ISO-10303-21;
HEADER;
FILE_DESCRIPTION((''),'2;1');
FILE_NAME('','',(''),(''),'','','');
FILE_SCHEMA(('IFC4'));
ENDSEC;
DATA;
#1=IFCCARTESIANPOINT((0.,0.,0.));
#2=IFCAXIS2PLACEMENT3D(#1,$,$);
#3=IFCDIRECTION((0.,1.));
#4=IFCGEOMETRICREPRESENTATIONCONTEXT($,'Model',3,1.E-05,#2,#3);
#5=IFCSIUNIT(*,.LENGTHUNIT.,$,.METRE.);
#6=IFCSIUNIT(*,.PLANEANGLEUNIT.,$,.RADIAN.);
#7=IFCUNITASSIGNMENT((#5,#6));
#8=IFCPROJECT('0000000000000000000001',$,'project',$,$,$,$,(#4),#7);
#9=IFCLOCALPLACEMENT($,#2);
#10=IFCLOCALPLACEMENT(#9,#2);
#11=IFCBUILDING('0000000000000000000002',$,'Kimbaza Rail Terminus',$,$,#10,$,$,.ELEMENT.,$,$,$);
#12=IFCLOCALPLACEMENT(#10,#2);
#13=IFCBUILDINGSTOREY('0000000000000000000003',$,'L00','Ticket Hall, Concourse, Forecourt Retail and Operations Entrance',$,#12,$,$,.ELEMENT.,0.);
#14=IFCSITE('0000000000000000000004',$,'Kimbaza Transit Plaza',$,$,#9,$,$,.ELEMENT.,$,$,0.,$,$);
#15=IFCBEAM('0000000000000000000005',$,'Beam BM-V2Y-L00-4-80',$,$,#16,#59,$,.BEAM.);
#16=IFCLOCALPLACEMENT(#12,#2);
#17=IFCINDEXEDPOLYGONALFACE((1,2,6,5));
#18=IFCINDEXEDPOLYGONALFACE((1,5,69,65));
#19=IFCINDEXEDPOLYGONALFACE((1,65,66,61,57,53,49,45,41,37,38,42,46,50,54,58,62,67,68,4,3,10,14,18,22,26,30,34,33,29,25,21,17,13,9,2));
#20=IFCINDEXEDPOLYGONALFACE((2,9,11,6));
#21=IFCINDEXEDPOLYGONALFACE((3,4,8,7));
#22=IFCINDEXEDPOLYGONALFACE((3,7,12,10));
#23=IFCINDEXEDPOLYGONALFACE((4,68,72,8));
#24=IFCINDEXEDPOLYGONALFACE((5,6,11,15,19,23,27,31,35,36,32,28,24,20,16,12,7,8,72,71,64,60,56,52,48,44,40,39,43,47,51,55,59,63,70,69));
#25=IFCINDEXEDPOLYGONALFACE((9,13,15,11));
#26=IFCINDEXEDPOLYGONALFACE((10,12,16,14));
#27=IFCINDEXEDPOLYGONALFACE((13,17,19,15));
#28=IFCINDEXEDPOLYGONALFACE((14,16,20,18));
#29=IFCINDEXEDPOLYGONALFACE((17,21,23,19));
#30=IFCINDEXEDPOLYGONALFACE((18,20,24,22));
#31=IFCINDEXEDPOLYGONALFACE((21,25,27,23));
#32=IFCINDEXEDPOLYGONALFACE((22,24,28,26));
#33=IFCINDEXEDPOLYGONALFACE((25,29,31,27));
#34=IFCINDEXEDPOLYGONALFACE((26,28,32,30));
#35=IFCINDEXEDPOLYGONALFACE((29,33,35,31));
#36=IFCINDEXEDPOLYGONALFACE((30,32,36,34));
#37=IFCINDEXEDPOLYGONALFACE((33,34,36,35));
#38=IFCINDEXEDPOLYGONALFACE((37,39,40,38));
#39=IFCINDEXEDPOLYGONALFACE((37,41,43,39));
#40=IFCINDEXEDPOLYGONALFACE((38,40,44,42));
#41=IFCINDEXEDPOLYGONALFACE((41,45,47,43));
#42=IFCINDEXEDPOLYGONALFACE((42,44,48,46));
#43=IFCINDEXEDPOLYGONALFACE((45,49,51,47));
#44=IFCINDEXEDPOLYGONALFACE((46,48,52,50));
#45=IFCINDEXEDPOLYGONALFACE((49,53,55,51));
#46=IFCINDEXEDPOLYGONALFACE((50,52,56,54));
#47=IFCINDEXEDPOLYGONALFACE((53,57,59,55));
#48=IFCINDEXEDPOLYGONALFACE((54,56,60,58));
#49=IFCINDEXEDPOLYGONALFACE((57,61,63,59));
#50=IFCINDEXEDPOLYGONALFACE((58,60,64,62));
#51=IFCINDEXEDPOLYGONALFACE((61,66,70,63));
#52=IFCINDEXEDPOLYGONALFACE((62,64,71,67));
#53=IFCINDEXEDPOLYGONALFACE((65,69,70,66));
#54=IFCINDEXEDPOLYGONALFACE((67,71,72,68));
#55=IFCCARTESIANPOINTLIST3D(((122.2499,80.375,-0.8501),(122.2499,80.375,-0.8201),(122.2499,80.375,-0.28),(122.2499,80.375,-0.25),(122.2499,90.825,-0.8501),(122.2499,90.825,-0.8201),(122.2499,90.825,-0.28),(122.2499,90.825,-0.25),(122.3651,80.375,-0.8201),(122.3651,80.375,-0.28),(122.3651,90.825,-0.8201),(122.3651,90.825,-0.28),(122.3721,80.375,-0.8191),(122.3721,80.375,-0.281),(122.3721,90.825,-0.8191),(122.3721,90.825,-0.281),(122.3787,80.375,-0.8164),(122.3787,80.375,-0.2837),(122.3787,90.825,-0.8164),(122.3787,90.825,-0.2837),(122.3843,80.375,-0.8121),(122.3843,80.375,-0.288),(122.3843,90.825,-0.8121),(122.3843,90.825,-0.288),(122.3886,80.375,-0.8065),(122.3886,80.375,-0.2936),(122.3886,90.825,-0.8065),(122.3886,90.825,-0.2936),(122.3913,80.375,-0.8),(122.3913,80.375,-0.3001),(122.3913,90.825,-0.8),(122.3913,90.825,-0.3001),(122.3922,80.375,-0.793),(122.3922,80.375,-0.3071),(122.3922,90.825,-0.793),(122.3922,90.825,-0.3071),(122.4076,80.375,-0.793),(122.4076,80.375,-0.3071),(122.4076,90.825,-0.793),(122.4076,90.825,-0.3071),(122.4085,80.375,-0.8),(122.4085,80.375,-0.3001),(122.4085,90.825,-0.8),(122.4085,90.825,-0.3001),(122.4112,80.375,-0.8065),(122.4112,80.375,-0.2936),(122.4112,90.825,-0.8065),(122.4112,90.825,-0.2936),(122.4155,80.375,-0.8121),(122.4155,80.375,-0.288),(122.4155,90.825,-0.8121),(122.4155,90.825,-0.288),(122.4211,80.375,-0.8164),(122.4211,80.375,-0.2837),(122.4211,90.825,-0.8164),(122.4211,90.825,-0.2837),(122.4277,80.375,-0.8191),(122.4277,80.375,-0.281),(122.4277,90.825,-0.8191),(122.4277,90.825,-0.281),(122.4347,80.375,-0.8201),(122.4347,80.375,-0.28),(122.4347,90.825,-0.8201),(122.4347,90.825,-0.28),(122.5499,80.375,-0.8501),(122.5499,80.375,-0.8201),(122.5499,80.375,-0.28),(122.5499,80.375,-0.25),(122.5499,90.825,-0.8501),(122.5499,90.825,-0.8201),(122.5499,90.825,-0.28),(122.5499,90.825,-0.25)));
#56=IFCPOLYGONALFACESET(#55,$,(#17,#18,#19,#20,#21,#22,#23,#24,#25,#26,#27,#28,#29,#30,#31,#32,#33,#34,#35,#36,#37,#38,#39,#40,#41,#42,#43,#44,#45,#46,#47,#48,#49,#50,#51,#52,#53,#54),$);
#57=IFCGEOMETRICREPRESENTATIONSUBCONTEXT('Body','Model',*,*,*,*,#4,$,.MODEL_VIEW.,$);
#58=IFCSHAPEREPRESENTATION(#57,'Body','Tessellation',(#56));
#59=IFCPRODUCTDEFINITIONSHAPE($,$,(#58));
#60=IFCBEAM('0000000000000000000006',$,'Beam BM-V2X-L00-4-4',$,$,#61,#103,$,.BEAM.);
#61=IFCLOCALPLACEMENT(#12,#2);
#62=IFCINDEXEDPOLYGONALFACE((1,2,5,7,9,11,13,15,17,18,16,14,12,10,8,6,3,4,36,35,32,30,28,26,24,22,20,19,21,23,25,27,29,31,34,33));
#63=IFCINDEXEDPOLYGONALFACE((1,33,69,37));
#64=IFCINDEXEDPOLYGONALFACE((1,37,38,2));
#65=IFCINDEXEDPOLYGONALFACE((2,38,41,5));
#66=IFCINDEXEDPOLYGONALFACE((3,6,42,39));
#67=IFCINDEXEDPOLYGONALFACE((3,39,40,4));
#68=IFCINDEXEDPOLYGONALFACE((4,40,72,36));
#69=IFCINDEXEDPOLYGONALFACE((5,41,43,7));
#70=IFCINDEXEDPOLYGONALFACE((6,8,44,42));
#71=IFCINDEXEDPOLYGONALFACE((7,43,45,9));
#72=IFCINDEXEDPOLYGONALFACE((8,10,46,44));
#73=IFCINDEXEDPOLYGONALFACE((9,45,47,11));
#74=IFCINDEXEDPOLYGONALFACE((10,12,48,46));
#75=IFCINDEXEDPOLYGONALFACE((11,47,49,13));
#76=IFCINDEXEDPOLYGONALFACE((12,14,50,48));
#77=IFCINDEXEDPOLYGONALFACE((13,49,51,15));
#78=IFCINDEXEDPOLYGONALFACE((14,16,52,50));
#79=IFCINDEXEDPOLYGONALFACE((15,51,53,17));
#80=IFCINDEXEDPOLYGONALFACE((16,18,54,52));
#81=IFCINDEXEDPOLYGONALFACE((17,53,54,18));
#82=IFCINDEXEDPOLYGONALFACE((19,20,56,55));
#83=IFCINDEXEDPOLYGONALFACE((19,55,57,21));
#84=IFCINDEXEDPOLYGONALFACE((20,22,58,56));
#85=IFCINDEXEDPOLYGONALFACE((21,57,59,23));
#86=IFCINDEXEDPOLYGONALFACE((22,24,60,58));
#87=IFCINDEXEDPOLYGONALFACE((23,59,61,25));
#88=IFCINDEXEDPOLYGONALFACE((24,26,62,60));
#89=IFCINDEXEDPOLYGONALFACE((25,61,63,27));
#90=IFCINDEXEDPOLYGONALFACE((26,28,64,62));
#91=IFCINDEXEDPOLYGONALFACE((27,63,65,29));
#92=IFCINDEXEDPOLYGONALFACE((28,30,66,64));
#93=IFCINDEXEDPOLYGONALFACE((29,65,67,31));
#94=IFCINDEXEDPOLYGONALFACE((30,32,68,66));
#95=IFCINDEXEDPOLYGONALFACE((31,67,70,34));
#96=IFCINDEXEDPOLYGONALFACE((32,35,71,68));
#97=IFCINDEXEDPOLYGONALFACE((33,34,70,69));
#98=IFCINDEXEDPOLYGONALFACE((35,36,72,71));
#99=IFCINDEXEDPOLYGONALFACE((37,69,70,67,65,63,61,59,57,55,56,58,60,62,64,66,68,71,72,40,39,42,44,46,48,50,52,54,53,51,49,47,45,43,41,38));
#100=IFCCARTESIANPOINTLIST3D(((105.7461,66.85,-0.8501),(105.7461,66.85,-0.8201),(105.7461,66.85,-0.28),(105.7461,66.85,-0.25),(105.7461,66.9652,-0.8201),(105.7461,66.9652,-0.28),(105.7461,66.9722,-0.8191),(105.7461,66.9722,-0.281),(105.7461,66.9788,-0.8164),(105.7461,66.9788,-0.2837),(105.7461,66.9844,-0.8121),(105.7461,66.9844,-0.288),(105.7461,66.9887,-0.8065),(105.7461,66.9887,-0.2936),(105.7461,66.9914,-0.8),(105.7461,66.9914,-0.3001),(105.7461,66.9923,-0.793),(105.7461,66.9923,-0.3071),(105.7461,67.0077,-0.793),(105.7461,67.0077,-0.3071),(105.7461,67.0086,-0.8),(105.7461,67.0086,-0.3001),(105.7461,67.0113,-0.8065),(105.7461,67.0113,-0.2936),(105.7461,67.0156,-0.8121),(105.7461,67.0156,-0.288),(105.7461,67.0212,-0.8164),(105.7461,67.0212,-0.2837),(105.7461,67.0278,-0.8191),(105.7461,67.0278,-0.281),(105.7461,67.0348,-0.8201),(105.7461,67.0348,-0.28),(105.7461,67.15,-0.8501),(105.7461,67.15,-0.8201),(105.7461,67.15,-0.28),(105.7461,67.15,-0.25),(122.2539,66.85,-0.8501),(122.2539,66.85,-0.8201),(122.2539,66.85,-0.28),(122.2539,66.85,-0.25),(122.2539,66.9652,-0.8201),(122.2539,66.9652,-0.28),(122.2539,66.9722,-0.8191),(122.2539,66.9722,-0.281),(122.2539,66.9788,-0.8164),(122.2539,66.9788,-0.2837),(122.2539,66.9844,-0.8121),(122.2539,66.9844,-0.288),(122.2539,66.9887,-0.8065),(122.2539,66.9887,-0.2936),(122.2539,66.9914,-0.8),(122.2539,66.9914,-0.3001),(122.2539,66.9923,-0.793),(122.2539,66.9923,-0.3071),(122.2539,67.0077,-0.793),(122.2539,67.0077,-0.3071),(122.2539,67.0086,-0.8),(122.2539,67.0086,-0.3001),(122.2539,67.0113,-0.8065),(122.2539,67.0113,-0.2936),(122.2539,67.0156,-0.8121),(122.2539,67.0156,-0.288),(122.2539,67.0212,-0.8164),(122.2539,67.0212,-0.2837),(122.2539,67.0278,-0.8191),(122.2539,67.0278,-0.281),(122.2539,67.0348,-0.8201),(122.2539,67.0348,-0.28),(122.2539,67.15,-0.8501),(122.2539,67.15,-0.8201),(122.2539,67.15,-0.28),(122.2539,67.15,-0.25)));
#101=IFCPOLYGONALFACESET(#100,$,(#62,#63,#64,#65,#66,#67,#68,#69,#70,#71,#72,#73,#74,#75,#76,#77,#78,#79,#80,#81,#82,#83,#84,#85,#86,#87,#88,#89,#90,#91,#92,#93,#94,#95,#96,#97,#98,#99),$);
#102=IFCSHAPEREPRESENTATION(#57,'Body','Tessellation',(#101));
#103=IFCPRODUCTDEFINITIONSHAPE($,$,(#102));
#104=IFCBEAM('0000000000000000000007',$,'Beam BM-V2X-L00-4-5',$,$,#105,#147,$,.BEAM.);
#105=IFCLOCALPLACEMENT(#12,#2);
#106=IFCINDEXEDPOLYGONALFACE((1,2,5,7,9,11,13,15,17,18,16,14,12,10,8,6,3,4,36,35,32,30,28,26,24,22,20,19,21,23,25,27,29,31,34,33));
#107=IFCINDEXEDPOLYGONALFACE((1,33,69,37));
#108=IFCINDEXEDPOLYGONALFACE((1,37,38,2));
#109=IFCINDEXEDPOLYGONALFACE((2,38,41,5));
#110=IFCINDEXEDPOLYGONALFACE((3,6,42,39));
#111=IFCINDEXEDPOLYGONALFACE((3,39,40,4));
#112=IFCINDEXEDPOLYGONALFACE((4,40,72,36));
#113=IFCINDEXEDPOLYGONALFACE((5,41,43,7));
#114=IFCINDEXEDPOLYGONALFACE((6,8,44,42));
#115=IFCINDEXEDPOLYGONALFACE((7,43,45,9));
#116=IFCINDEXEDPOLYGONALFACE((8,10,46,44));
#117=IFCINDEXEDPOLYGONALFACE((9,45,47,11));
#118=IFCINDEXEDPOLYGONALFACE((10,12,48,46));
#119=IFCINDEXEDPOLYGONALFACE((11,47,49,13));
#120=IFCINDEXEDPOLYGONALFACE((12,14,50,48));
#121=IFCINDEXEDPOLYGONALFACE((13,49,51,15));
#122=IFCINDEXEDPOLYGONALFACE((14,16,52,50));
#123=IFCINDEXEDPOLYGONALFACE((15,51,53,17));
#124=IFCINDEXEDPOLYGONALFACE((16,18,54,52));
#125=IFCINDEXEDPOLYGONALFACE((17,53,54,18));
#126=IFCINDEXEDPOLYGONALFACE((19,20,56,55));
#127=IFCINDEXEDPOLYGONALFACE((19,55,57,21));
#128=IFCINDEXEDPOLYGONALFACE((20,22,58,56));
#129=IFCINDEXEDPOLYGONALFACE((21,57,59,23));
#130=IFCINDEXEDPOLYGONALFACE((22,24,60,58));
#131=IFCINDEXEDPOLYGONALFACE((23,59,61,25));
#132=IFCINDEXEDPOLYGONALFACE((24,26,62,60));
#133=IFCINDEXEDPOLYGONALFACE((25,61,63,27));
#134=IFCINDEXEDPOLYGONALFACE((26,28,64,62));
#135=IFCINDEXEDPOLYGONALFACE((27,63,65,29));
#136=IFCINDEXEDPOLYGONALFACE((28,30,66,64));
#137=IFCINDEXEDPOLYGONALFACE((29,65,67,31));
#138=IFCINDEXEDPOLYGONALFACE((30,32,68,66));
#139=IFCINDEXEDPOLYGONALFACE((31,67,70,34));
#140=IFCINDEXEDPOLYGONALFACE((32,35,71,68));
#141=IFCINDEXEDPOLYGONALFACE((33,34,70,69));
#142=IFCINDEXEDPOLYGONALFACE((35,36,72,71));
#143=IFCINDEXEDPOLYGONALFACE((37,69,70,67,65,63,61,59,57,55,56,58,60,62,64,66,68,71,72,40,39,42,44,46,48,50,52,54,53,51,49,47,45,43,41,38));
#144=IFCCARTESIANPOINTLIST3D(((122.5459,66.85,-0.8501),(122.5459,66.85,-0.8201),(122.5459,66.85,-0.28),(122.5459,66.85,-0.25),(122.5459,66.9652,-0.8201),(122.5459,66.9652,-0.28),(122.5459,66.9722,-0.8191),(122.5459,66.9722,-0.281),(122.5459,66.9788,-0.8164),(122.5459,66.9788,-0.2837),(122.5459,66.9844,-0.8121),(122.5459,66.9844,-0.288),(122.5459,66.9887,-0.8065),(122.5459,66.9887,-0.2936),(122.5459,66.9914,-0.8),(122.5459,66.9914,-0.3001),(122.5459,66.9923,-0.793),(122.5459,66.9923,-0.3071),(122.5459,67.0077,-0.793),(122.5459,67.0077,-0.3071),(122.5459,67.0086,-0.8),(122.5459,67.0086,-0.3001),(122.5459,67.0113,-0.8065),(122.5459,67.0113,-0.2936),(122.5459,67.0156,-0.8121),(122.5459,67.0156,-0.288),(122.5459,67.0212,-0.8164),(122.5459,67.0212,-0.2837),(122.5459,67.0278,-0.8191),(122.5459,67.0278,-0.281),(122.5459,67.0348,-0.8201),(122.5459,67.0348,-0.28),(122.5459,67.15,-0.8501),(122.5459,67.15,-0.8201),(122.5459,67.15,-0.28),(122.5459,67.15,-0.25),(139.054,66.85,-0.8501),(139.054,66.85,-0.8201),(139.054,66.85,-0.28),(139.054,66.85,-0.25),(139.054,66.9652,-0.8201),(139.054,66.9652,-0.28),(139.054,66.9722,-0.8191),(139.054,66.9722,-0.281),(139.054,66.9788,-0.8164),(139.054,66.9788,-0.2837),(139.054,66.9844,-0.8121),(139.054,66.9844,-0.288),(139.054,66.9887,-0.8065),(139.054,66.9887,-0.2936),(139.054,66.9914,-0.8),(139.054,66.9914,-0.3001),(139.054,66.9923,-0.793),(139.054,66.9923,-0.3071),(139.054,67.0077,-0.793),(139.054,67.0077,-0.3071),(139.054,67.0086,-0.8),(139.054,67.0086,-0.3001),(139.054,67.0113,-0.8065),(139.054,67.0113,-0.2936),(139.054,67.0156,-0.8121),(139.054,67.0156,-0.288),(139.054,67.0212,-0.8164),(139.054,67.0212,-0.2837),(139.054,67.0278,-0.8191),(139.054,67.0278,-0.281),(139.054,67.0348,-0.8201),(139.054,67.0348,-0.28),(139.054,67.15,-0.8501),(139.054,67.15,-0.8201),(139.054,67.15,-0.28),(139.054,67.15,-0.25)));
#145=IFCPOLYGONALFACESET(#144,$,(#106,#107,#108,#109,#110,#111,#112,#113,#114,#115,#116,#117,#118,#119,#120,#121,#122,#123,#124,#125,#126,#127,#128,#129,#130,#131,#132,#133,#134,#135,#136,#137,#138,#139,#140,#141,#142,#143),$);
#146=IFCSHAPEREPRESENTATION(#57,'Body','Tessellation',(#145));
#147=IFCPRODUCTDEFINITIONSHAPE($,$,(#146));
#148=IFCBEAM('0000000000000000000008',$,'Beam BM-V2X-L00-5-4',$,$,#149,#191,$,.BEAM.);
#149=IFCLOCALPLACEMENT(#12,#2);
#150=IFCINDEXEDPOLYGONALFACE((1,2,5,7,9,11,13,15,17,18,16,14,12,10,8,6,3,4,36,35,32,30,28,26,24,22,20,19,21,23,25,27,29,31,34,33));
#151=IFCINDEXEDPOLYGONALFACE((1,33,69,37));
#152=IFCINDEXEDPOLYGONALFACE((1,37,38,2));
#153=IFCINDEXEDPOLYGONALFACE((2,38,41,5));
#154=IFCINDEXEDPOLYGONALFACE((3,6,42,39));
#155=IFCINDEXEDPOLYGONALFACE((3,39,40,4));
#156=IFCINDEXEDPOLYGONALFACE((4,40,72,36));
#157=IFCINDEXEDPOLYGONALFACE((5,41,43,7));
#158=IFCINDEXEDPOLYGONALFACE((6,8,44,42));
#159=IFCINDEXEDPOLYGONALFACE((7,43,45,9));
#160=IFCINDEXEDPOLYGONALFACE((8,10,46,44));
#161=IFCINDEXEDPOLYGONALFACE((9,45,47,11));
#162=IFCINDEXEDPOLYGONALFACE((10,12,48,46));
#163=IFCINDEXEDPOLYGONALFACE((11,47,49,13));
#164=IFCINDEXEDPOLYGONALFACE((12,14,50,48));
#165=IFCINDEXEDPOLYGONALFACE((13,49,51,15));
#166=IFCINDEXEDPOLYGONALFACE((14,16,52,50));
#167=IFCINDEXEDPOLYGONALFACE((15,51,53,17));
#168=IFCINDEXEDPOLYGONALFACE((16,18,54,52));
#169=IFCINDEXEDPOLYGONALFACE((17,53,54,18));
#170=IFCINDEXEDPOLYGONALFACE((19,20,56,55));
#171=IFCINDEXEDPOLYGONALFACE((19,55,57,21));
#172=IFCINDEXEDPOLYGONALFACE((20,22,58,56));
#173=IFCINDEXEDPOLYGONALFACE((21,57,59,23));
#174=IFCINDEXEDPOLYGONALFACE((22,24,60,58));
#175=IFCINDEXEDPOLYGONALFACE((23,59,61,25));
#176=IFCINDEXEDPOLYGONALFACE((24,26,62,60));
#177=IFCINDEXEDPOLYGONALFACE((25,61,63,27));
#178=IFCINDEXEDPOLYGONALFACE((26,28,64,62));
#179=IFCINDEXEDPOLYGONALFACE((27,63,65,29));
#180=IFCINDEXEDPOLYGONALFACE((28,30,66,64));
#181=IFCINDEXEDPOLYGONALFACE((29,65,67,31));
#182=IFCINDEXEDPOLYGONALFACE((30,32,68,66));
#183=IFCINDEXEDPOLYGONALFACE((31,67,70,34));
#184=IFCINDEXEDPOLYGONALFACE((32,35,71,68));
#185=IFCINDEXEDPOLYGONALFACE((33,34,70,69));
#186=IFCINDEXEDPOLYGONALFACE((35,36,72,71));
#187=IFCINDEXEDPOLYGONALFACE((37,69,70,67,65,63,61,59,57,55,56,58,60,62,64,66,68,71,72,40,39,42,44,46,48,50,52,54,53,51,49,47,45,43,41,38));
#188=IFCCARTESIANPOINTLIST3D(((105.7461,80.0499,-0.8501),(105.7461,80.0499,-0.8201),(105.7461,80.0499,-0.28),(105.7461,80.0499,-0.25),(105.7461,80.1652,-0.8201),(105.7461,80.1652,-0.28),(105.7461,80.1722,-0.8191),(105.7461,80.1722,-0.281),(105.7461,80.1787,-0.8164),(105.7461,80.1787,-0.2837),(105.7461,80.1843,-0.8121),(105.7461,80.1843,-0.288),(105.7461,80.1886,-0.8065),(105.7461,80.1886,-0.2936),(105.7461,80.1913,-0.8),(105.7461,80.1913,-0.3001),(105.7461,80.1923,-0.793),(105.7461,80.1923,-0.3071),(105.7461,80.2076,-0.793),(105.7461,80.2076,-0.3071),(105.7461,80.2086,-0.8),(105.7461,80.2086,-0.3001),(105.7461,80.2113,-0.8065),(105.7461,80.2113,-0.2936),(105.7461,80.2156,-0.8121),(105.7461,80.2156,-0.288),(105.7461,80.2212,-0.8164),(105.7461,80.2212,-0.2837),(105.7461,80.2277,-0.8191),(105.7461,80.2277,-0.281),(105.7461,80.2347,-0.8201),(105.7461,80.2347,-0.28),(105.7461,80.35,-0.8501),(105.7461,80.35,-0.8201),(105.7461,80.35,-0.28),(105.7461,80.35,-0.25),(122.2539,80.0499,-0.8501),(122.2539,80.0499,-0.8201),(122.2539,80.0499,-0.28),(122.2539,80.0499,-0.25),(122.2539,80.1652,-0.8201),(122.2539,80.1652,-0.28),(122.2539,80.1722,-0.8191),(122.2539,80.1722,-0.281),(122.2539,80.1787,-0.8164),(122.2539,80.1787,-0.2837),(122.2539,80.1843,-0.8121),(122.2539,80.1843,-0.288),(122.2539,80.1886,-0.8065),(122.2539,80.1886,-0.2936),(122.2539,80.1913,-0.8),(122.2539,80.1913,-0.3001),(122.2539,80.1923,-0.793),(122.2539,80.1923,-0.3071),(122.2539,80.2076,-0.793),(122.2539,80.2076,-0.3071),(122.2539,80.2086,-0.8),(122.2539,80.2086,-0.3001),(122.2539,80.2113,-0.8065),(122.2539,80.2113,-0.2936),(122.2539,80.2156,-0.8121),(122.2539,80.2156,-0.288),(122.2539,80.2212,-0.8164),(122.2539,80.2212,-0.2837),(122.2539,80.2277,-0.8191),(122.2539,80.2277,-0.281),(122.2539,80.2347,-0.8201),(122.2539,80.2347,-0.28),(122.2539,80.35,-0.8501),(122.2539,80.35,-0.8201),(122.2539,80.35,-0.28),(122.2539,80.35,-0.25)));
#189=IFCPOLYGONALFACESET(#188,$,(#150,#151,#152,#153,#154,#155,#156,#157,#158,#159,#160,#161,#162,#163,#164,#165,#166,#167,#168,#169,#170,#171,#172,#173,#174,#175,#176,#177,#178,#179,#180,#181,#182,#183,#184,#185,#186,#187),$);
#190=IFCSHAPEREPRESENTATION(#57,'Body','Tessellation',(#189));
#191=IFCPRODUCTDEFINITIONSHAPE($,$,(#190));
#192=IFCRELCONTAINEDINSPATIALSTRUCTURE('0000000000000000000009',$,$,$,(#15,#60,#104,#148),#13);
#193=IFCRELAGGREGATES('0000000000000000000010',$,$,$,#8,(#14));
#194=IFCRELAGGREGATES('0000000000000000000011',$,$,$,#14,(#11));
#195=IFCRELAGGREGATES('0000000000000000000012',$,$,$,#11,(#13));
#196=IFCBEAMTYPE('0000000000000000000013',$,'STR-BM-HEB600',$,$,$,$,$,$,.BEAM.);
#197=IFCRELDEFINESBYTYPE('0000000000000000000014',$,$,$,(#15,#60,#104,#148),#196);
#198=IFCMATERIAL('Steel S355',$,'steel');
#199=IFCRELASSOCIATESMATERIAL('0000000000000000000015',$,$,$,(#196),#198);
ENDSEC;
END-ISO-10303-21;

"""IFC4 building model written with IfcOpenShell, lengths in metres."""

from ifc_helpers import new_model, si_unit, direction, frame, origin, origin_2d, place, context, subcontext, project, spatial, i_section, extrude, material, material_profile, profile_set, type_object, element, save


model = new_model("IFC4")

# Units and contexts
model_context = context("Model", 3, precision=1e-05, world=origin(), true_north=direction((0.0, 1.0)))
body_context = subcontext(model_context, "Body", "Model", "MODEL_VIEW")
ifc_project = project(units=[si_unit("LENGTHUNIT", "METRE"), si_unit("PLANEANGLEUNIT", "RADIAN")], contexts=[model_context])

# Site, building, storey
site_placement = place(None, origin())
site = spatial("IfcSite", under=ifc_project, at=site_placement, Name="Kimbaza Transit Plaza", CompositionType="ELEMENT", RefElevation=0.0)
building_placement = place(site_placement, origin())
building = spatial("IfcBuilding", under=site, at=building_placement, Name="Kimbaza Rail Terminus", CompositionType="ELEMENT")
storey_placement = place(building_placement, origin())
storey = spatial("IfcBuildingStorey", under=building, at=storey_placement, Name="L00", Description="Ticket Hall, Concourse, Forecourt Retail and Operations Entrance", CompositionType="ELEMENT", Elevation=0.0)

# Beams
ifc_material_1 = material(Name="Steel S355", Category="steel")
ifc_material_profile_1 = material_profile(ifc_material_1, i_section(OverallWidth=0.3, OverallDepth=0.6001, WebThickness=0.0154, FlangeThickness=0.03, FilletRadius=0.0271, at=origin_2d()), Name="HEB 600")
ifc_profile_set_1 = profile_set([ifc_material_profile_1], Name="Steel S355")
beam_type_1 = type_object("IfcBeamType", Name="STR-BM-HEB600", PredefinedType="BEAM", material=ifc_profile_set_1)
beam_1_placement = place(storey_placement, frame((122.3999, 80.375, -0.55), z_axis=(0.0, 1.0, 0.0), x_axis=(-1.0, 0.0, 0.0)))
element("IfcBeam", 1, at=beam_1_placement, inside=storey, type_object=beam_type_1, Name="Beam BM-V2Y-L00-4-80", PredefinedType="BEAM", context=body_context, shape_type="SweptSolid", body=[
    extrude(i_section(OverallWidth=0.3, OverallDepth=0.6001, WebThickness=0.0154, FlangeThickness=0.03, FilletRadius=0.0271, at=origin_2d()), origin(), (0.0, 0.0, 1.0), 10.45),
])
beam_2_placement = place(storey_placement, frame((105.7461, 67.0, -0.55), z_axis=(1.0, 0.0, 0.0), x_axis=(0.0, 1.0, 0.0)))
element("IfcBeam", 2, at=beam_2_placement, inside=storey, type_object=beam_type_1, Name="Beam BM-V2X-L00-4-4", PredefinedType="BEAM", context=body_context, shape_type="SweptSolid", body=[
    extrude(i_section(OverallWidth=0.3, OverallDepth=0.6001, WebThickness=0.0154, FlangeThickness=0.03, FilletRadius=0.0271, at=origin_2d()), origin(), (0.0, 0.0, 1.0), 16.5078),
])
beam_3_placement = place(storey_placement, frame((122.5459, 67.0, -0.55), z_axis=(1.0, 0.0, 0.0), x_axis=(0.0, 1.0, 0.0)))
element("IfcBeam", 3, at=beam_3_placement, inside=storey, type_object=beam_type_1, Name="Beam BM-V2X-L00-4-5", PredefinedType="BEAM", context=body_context, shape_type="SweptSolid", body=[
    extrude(i_section(OverallWidth=0.3, OverallDepth=0.6001, WebThickness=0.0154, FlangeThickness=0.03, FilletRadius=0.0271, at=origin_2d()), origin(), (0.0, 0.0, 1.0), 16.5081),
])
beam_4_placement = place(storey_placement, frame((105.7461, 80.2, -0.55), z_axis=(1.0, 0.0, 0.0), x_axis=(0.0, 1.0, 0.0)))
element("IfcBeam", 4, at=beam_4_placement, inside=storey, type_object=beam_type_1, Name="Beam BM-V2X-L00-5-4", PredefinedType="BEAM", context=body_context, shape_type="SweptSolid", body=[
    extrude(i_section(OverallWidth=0.3, OverallDepth=0.6001, WebThickness=0.0154, FlangeThickness=0.03, FilletRadius=0.0271, at=origin_2d()), origin(), (0.0, 0.0, 1.0), 16.5078),
])

save(model, "model.ifc")
